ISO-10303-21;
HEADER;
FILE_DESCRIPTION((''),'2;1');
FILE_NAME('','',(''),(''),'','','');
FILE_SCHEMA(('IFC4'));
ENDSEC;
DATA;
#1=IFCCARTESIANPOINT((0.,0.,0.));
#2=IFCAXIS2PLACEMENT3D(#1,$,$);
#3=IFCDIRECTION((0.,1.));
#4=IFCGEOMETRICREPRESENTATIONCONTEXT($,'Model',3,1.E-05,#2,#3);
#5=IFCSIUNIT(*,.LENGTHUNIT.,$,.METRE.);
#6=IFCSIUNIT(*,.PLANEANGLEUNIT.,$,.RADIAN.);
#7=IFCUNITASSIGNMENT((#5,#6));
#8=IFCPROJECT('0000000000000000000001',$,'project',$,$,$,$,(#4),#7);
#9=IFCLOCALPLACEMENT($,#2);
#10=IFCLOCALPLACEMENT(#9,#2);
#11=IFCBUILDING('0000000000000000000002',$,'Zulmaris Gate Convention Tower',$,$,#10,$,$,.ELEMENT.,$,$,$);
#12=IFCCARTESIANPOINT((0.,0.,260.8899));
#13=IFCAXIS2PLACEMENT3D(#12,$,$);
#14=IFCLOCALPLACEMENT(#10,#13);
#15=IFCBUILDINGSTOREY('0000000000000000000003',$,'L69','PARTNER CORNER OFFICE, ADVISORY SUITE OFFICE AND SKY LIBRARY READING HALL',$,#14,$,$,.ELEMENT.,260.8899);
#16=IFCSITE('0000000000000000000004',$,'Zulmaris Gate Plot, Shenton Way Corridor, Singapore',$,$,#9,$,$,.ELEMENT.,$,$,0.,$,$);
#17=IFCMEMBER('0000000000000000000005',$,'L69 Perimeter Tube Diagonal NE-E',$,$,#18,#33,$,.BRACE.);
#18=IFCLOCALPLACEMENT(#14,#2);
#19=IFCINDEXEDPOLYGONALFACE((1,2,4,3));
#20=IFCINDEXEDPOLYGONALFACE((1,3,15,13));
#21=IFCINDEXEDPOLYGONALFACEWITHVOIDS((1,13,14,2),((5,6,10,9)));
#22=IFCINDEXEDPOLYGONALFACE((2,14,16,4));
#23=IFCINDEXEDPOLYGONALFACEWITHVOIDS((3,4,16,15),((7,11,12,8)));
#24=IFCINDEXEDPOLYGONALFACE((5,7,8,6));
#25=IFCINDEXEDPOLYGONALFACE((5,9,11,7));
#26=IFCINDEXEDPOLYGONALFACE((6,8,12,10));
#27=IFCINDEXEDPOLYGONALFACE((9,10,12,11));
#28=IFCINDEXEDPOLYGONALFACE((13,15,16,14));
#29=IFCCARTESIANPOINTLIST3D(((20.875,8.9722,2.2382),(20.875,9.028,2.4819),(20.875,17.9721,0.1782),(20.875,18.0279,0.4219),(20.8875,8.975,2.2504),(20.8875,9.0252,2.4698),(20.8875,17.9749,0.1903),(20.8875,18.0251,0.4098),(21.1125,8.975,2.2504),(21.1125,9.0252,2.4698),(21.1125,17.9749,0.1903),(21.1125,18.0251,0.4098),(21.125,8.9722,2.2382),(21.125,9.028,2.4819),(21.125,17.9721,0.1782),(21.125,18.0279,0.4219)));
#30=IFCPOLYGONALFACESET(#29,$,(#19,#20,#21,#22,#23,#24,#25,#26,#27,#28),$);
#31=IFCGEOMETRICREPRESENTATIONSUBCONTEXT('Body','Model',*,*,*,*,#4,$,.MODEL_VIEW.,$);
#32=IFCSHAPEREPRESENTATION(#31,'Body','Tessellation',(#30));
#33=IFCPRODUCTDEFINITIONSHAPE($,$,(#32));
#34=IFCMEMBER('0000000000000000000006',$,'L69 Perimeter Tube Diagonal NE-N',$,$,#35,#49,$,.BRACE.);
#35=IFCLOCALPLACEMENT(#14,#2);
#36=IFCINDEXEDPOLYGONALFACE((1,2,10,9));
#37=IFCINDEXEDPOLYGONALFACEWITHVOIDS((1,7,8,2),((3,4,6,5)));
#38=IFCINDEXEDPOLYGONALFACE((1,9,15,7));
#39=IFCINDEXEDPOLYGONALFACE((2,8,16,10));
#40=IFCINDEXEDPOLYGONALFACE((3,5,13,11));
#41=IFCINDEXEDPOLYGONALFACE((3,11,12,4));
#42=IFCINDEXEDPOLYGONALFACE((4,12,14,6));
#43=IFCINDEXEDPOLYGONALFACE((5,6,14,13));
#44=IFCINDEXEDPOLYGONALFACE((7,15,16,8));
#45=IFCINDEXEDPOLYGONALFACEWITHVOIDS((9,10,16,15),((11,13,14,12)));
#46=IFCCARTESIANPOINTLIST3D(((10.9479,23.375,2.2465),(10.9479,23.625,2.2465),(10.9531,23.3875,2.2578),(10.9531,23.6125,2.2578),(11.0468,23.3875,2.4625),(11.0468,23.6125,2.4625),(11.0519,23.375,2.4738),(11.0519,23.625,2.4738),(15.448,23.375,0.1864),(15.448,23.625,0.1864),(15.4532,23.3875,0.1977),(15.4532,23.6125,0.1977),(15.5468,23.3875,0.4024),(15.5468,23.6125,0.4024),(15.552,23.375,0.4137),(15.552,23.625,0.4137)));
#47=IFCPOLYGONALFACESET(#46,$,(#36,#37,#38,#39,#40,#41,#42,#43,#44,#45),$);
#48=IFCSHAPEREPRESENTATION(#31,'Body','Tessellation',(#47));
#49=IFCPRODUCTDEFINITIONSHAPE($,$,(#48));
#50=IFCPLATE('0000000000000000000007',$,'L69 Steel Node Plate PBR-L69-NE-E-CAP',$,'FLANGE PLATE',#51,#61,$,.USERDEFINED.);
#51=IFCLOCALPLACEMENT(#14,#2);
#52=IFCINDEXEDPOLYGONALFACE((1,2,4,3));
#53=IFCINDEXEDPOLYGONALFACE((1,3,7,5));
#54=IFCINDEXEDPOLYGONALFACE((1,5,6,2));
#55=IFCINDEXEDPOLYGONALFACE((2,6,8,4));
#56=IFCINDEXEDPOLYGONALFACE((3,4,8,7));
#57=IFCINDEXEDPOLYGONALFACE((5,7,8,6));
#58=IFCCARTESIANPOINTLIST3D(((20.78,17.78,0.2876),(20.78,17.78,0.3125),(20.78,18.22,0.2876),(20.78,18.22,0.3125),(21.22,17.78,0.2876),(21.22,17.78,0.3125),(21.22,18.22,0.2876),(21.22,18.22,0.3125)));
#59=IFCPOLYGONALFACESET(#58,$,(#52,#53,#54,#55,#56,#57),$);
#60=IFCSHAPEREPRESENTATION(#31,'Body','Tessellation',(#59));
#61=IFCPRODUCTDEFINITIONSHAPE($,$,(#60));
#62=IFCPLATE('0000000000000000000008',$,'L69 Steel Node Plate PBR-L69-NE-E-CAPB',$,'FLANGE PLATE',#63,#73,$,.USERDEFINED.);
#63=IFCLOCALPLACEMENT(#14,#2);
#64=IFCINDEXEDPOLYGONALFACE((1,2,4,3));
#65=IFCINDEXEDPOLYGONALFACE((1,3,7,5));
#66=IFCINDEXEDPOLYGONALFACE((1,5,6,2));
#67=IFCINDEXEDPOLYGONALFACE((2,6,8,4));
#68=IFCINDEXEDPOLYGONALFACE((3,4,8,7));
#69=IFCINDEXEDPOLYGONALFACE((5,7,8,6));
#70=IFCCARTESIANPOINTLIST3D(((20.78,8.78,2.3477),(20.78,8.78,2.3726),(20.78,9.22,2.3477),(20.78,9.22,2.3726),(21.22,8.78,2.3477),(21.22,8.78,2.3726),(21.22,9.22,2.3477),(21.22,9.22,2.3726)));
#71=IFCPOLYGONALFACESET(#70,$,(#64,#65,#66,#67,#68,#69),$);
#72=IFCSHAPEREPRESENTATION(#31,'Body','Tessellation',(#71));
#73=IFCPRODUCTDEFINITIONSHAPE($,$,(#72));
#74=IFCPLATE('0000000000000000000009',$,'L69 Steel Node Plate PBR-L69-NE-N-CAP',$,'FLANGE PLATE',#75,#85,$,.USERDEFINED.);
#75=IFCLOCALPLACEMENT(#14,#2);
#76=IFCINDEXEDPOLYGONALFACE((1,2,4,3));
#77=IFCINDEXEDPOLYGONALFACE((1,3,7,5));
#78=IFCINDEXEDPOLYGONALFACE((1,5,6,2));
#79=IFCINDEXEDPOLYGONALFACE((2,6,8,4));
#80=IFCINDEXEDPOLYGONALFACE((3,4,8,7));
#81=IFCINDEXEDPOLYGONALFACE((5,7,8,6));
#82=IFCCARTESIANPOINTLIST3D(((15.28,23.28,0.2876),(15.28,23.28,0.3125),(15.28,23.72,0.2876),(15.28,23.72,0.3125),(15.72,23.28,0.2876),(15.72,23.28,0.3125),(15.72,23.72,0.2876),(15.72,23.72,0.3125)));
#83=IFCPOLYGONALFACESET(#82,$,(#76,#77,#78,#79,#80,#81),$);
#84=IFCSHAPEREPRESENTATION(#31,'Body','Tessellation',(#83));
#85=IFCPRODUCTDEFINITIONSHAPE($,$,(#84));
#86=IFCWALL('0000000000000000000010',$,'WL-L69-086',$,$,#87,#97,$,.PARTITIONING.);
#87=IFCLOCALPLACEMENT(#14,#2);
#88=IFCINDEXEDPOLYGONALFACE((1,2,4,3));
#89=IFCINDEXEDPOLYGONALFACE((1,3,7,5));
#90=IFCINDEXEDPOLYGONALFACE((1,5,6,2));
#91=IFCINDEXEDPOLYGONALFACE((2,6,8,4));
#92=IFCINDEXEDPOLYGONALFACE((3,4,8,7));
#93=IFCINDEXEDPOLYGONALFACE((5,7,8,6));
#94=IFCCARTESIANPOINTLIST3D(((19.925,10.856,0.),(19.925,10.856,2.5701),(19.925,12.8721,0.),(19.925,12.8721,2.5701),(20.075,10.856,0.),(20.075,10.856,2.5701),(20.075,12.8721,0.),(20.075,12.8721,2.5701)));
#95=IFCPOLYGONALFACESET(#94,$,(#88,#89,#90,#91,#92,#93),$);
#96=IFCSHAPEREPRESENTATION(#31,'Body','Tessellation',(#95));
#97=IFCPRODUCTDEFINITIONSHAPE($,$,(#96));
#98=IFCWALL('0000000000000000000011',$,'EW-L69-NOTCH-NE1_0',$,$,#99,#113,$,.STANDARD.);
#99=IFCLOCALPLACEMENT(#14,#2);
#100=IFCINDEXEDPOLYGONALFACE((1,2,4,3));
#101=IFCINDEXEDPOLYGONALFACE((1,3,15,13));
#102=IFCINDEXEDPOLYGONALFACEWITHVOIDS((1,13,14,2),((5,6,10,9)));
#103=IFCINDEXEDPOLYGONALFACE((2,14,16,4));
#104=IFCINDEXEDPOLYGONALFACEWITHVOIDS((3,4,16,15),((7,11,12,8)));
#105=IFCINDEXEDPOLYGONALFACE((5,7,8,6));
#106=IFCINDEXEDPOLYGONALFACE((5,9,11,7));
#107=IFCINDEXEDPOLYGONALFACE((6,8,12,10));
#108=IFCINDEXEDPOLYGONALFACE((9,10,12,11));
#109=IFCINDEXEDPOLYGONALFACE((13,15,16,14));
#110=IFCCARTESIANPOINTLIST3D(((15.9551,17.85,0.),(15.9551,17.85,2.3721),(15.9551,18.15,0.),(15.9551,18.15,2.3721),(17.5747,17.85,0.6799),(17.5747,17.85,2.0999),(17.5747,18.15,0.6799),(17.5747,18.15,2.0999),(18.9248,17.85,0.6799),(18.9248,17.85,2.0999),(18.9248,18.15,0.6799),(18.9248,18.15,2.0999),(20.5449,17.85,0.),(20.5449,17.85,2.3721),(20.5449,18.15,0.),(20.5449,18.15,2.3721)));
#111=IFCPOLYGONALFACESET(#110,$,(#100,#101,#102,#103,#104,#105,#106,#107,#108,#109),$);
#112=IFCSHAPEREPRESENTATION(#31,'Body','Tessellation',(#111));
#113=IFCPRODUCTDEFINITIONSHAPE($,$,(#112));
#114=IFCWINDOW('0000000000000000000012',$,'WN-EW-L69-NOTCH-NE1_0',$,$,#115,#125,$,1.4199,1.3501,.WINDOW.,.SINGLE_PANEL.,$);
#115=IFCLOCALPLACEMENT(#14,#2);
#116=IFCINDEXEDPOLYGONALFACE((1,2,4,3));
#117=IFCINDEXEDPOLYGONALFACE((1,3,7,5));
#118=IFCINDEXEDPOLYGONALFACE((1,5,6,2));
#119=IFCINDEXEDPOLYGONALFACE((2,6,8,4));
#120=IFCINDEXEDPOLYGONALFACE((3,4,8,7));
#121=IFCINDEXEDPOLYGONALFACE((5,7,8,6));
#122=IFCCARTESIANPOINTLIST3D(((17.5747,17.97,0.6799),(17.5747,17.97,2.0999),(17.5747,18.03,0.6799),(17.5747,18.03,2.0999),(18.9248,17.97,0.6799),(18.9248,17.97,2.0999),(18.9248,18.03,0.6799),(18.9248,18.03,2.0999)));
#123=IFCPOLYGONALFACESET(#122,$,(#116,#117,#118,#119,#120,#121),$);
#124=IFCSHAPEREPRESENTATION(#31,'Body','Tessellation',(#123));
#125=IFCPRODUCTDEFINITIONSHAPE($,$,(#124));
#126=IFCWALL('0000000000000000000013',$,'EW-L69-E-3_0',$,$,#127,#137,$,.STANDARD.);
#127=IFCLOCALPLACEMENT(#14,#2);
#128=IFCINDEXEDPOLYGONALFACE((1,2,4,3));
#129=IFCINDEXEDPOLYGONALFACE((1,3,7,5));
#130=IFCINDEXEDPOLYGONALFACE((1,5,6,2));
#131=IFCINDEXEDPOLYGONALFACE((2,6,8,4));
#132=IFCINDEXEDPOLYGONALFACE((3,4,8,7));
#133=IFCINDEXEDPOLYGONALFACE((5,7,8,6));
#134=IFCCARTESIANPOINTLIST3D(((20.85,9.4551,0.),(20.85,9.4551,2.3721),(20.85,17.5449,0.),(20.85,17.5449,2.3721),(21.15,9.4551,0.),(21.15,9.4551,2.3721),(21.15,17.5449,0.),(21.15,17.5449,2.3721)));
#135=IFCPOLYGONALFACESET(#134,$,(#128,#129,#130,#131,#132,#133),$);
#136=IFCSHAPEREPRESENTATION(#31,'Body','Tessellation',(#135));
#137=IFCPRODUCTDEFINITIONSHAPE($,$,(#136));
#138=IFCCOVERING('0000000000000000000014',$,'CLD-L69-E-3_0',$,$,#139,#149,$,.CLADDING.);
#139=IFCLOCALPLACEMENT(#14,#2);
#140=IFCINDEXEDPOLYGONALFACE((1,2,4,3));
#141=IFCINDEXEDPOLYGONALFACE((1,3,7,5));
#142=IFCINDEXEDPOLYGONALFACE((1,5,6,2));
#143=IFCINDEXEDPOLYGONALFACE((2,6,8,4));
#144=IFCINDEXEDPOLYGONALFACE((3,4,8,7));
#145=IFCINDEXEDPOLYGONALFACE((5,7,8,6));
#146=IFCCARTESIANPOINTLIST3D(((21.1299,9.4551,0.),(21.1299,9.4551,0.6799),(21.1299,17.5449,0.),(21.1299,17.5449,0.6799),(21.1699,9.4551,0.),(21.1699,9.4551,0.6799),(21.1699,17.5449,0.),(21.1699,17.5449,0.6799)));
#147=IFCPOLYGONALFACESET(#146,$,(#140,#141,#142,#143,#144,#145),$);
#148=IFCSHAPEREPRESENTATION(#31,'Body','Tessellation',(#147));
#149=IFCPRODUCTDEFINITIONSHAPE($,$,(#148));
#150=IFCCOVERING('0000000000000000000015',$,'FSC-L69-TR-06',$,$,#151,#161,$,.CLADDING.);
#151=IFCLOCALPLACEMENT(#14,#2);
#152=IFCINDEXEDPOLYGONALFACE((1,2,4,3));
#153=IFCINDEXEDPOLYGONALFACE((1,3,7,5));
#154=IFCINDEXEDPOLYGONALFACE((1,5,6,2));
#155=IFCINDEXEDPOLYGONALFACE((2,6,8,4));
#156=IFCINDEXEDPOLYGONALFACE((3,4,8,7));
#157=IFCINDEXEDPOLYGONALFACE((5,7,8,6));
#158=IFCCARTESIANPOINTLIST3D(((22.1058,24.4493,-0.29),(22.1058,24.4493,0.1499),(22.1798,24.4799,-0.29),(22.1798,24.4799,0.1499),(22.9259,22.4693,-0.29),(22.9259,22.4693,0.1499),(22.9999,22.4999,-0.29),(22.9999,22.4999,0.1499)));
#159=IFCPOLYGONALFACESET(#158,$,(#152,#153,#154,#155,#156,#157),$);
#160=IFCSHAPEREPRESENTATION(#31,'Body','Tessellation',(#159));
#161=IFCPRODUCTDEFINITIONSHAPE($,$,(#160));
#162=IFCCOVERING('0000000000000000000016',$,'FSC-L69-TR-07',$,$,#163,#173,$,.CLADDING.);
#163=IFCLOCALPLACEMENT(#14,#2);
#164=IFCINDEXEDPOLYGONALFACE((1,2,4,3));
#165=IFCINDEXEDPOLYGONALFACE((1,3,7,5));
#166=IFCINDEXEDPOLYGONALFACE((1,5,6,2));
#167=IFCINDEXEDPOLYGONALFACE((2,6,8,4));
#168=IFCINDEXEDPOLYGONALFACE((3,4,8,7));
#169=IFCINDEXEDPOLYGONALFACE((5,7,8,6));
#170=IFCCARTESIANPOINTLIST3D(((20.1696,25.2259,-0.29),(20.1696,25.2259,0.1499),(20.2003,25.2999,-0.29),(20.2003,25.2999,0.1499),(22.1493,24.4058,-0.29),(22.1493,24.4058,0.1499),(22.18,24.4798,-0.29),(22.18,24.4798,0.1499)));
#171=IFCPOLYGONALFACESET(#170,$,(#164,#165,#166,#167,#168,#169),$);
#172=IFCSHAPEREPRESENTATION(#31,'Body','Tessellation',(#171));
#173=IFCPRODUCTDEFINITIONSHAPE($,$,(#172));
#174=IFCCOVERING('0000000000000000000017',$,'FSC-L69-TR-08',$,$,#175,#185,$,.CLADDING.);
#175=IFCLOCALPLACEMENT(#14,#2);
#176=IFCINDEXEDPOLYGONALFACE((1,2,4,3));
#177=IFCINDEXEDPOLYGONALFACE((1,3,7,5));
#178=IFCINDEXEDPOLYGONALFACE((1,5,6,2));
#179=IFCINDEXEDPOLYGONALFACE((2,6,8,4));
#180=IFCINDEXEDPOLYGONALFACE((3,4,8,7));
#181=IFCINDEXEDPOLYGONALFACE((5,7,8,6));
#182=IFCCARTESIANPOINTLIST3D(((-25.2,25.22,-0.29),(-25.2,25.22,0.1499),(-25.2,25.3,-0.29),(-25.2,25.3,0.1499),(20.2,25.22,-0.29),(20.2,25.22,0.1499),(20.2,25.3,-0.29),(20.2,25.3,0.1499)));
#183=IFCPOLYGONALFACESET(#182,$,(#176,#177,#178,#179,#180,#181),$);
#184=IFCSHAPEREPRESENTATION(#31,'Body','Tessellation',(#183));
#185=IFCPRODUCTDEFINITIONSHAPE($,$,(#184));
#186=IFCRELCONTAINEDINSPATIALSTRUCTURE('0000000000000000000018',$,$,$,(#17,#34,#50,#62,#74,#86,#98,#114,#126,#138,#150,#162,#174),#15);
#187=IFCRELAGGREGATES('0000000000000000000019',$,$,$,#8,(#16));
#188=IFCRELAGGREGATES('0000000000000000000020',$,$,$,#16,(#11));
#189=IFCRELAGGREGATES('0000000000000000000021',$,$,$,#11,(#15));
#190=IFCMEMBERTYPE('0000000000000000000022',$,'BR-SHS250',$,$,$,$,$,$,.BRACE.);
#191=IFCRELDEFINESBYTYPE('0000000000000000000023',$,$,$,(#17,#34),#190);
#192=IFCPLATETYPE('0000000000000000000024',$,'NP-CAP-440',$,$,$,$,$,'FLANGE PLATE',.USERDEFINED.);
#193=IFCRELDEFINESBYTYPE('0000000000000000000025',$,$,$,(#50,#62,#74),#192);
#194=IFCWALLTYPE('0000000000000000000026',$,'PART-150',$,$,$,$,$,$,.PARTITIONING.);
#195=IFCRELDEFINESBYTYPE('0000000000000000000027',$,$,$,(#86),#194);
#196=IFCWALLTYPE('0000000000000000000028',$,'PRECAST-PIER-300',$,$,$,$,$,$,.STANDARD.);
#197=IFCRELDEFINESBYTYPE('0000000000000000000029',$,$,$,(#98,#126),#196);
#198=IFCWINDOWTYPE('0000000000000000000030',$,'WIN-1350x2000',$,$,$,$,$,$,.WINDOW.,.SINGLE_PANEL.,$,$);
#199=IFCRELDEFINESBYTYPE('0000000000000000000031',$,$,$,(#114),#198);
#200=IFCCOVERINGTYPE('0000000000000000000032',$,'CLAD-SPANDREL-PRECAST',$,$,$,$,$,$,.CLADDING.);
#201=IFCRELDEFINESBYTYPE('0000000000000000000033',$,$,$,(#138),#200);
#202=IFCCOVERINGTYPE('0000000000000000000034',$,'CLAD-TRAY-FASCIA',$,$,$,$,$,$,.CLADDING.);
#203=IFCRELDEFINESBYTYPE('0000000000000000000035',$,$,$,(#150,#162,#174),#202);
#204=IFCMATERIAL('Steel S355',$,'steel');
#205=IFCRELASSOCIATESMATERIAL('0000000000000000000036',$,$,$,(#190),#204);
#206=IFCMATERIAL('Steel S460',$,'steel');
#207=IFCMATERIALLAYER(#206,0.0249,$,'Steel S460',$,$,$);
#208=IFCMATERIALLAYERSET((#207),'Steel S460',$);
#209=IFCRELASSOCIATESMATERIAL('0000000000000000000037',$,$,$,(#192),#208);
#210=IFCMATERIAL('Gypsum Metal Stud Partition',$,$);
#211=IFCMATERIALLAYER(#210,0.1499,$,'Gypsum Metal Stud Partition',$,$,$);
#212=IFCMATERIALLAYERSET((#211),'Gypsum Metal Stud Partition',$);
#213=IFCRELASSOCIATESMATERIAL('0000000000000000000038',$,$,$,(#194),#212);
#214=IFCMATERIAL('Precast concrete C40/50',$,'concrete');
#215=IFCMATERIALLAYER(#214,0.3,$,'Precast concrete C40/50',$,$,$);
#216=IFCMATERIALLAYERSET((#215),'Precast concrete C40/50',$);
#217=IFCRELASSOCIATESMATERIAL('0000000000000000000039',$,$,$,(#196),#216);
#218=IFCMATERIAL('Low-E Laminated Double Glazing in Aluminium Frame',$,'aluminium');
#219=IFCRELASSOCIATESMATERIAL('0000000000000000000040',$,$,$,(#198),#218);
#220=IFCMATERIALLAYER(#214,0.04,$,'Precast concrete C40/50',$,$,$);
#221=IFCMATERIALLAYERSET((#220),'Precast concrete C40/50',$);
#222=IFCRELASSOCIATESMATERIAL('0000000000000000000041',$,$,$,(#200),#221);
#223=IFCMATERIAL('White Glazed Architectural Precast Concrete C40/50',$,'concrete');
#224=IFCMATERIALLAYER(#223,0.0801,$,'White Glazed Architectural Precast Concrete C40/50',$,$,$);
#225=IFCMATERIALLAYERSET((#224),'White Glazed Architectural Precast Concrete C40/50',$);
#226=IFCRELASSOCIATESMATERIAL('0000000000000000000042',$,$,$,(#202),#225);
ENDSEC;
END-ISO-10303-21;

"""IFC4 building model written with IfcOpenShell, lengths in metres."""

from ifc_helpers import new_model, si_unit, direction, frame, frame_2d, origin, origin_2d, place, context, subcontext, project, spatial, rectangle, hollow_rectangle, extrude, material, layer, layer_set, material_profile, profile_set, type_object, element, fill, save


model = new_model("IFC4")

# Units and contexts
model_context = context("Model", 3, precision=1e-05, world=origin(), true_north=direction((0.0, 1.0)))
body_context = subcontext(model_context, "Body", "Model", "MODEL_VIEW")
ifc_project = project(units=[si_unit("LENGTHUNIT", "METRE"), si_unit("PLANEANGLEUNIT", "RADIAN")], contexts=[model_context])

# Site, building, storey
site_placement = place(None, origin())
site = spatial("IfcSite", under=ifc_project, at=site_placement, Name="Zulmaris Gate Plot, Shenton Way Corridor, Singapore", CompositionType="ELEMENT", RefElevation=0.0)
building_placement = place(site_placement, origin())
building = spatial("IfcBuilding", under=site, at=building_placement, Name="Zulmaris Gate Convention Tower", CompositionType="ELEMENT")
storey_placement = place(building_placement, frame((0.0, 0.0, 260.8899)))
storey = spatial("IfcBuildingStorey", under=building, at=storey_placement, Name="L69", Description="PARTNER CORNER OFFICE, ADVISORY SUITE OFFICE AND SKY LIBRARY READING HALL", CompositionType="ELEMENT", Elevation=260.8899)

# Shared definitions
ifc_material_1 = material(Name="Steel S355", Category="steel")

# Members
ifc_material_profile_1 = material_profile(ifc_material_1, hollow_rectangle(XDim=0.25, YDim=0.25, WallThickness=0.0125, at=origin_2d()), Name="SHS 250x250x12.5")
ifc_profile_set_1 = profile_set([ifc_material_profile_1], Name="Steel S355")
member_type = type_object("IfcMemberType", Name="BR-SHS250", PredefinedType="BRACE", material=ifc_profile_set_1)
member_1_placement = place(storey_placement, frame((21.0, 18.0, 0.3), z_axis=(0.0, -0.97479, 0.223125), x_axis=(1.0, 0.0, 0.0)))
element("IfcMember", 1, at=member_1_placement, inside=storey, type_object=member_type, Name="L69 Perimeter Tube Diagonal NE-E", PredefinedType="BRACE", context=body_context, shape_type="SweptSolid", body=[
    extrude(hollow_rectangle(XDim=0.25, YDim=0.25, WallThickness=0.0125, at=origin_2d()), origin(), (0.0, 0.0, 1.0), 9.2327),
])
member_2_placement = place(storey_placement, frame((15.5, 23.5, 0.3), z_axis=(-0.909252, 0.0, 0.416247), x_axis=(0.0, -1.0, 0.0)))
element("IfcMember", 2, at=member_2_placement, inside=storey, type_object=member_type, Name="L69 Perimeter Tube Diagonal NE-N", PredefinedType="BRACE", context=body_context, shape_type="SweptSolid", body=[
    extrude(hollow_rectangle(XDim=0.25, YDim=0.25, WallThickness=0.0125, at=origin_2d()), origin(), (0.0, 0.0, 1.0), 4.9492),
])

# Plates
ifc_material_2 = material(Name="Steel S460", Category="steel")
ifc_layer_1 = layer(ifc_material_2, 0.0249, Name="Steel S460")
ifc_layer_set_1 = layer_set([ifc_layer_1], Name="Steel S460")
plate_type = type_object("IfcPlateType", Name="NP-CAP-440", ElementType="FLANGE PLATE", PredefinedType="USERDEFINED", material=ifc_layer_set_1)
for number, where, z_axis, x_axis, name in (
    (3, (21.0, 18.0, 0.2876), (0.0, 0.0, 1.0), (1.0, 0.0, 0.0), "L69 Steel Node Plate PBR-L69-NE-E-CAP"),
    (4, (21.0, 9.0, 2.3477), (0.0, 0.0, 1.0), (1.0, 0.0, 0.0), "L69 Steel Node Plate PBR-L69-NE-E-CAPB"),
    (5, (15.5, 23.5, 0.2876), (0.0, 0.0, 1.0), (1.0, 0.0, 0.0), "L69 Steel Node Plate PBR-L69-NE-N-CAP"),
):
    element("IfcPlate", number, at=place(storey_placement, frame(where, z_axis=z_axis, x_axis=x_axis)), inside=storey, type_object=plate_type, Name=name, ObjectType="FLANGE PLATE", PredefinedType="USERDEFINED", context=body_context, shape_type="SweptSolid", body=[
        extrude(rectangle(XDim=0.4399, YDim=0.4399, at=origin_2d()), origin(), (0.0, 0.0, 1.0), 0.0249),
    ])

# Wall
ifc_material_3 = material(Name="Gypsum Metal Stud Partition")
ifc_layer_2 = layer(ifc_material_3, 0.1499, Name="Gypsum Metal Stud Partition")
ifc_layer_set_2 = layer_set([ifc_layer_2], Name="Gypsum Metal Stud Partition")
wall_type_1 = type_object("IfcWallType", Name="PART-150", PredefinedType="PARTITIONING", material=ifc_layer_set_2)
wall_1_placement = place(storey_placement, frame((20.0, 10.856, 0.0), z_axis=(0.0, 0.0, 1.0), x_axis=(0.0, 1.0, 0.0)))
element("IfcWall", 6, at=wall_1_placement, inside=storey, type_object=wall_type_1, Name="WL-L69-086", PredefinedType="PARTITIONING", context=body_context, shape_type="SweptSolid", body=[
    extrude(rectangle(XDim=2.0161, YDim=0.1499, at=frame_2d((1.0081, 0.0))), origin(), (0.0, 0.0, 1.0), 2.5701),
])

# Wall, opening, window
ifc_material_4 = material(Name="Precast concrete C40/50", Category="concrete")
ifc_layer_3 = layer(ifc_material_4, 0.3, Name="Precast concrete C40/50")
ifc_layer_set_3 = layer_set([ifc_layer_3], Name="Precast concrete C40/50")
wall_type_2 = type_object("IfcWallType", Name="PRECAST-PIER-300", PredefinedType="STANDARD", material=ifc_layer_set_3)
wall_2_placement = place(storey_placement, frame((20.5449, 18.0, 0.0), z_axis=(0.0, 0.0, 1.0), x_axis=(-1.0, 0.0, 0.0)))
wall_2 = element("IfcWall", 7, at=wall_2_placement, inside=storey, type_object=wall_type_2, Name="EW-L69-NOTCH-NE1_0", PredefinedType="STANDARD", context=body_context, shape_type="SweptSolid", body=[
    extrude(rectangle(XDim=4.5898, YDim=0.3, at=frame_2d((2.2949, 0.0))), origin(), (0.0, 0.0, 1.0), 2.3721),
])
opening_placement = place(wall_2_placement, frame((1.6201, 0.0, 0.6799)))
opening = element("IfcOpeningElement", 8, at=opening_placement, cuts=wall_2, PredefinedType="OPENING", context=body_context, shape_type="SweptSolid", body=[
    extrude(rectangle(XDim=1.3501, YDim=1.4199, at=frame_2d((0.675, 0.71))), frame((0.0, 0.1602, 0.0), z_axis=(0.0, -1.0, 0.0), x_axis=(1.0, 0.0, 0.0)), (0.0, 0.0, 1.0), 0.3201),
])
ifc_material_5 = material(Name="Low-E Laminated Double Glazing in Aluminium Frame", Category="aluminium")
window_type = type_object("IfcWindowType", Name="WIN-1350x2000", PartitioningType="SINGLE_PANEL", PredefinedType="WINDOW", material=ifc_material_5)
window_placement = place(opening_placement, origin())
window = element("IfcWindow", 9, at=window_placement, inside=storey, type_object=window_type, Name="WN-EW-L69-NOTCH-NE1_0", OverallHeight=1.4199, OverallWidth=1.3501, PartitioningType="SINGLE_PANEL", PredefinedType="WINDOW", context=body_context, shape_type="SweptSolid", body=[
    extrude(rectangle(XDim=1.3501, YDim=1.4199, at=frame_2d((0.675, 0.71))), frame((0.0, 0.03, 0.0), z_axis=(0.0, -1.0, 0.0), x_axis=(1.0, 0.0, 0.0)), (0.0, 0.0, 1.0), 0.0601),
])
fill(opening, window)

# Wall
wall_3_placement = place(storey_placement, frame((21.0, 9.4551, 0.0), z_axis=(0.0, 0.0, 1.0), x_axis=(0.0, 1.0, 0.0)))
element("IfcWall", 10, at=wall_3_placement, inside=storey, type_object=wall_type_2, Name="EW-L69-E-3_0", PredefinedType="STANDARD", context=body_context, shape_type="SweptSolid", body=[
    extrude(rectangle(XDim=8.0898, YDim=0.3, at=frame_2d((4.0449, 0.0))), origin(), (0.0, 0.0, 1.0), 2.3721),
])

# Coverings
ifc_layer_4 = layer(ifc_material_4, 0.04, Name="Precast concrete C40/50")
ifc_layer_set_4 = layer_set([ifc_layer_4], Name="Precast concrete C40/50")
covering_type_1 = type_object("IfcCoveringType", Name="CLAD-SPANDREL-PRECAST", PredefinedType="CLADDING", material=ifc_layer_set_4)
covering_1_placement = place(storey_placement, frame((21.1499, 9.4551, 0.0), z_axis=(0.0, 0.0, 1.0), x_axis=(0.0, 1.0, 0.0)))
element("IfcCovering", 11, at=covering_1_placement, inside=storey, type_object=covering_type_1, Name="CLD-L69-E-3_0", PredefinedType="CLADDING", context=body_context, shape_type="SweptSolid", body=[
    extrude(rectangle(XDim=8.0898, YDim=0.04, at=frame_2d((4.0449, 0.0))), origin(), (0.0, 0.0, 1.0), 0.6799),
])
ifc_material_6 = material(Name="White Glazed Architectural Precast Concrete C40/50", Category="concrete")
ifc_layer_5 = layer(ifc_material_6, 0.0801, Name="White Glazed Architectural Precast Concrete C40/50")
ifc_layer_set_5 = layer_set([ifc_layer_5], Name="White Glazed Architectural Precast Concrete C40/50")
covering_type_2 = type_object("IfcCoveringType", Name="CLAD-TRAY-FASCIA", PredefinedType="CLADDING", material=ifc_layer_set_5)
covering_2_placement = place(storey_placement, frame((22.9629, 22.4846, -0.29), z_axis=(0.0, 0.0, 1.0), x_axis=(-0.382657, 0.92389, 0.0)))
element("IfcCovering", 12, at=covering_2_placement, inside=storey, type_object=covering_type_2, Name="FSC-L69-TR-06", PredefinedType="CLADDING", context=body_context, shape_type="SweptSolid", body=[
    extrude(rectangle(XDim=2.1431, YDim=0.0801, at=frame_2d((1.0715, 0.0))), origin(), (0.0, 0.0, 1.0), 0.4399),
])
covering_3_placement = place(storey_placement, frame((22.1646, 24.4429, -0.29), z_axis=(0.0, 0.0, 1.0), x_axis=(-0.923874, 0.382697, 0.0)))
element("IfcCovering", 13, at=covering_3_placement, inside=storey, type_object=covering_type_2, Name="FSC-L69-TR-07", PredefinedType="CLADDING", context=body_context, shape_type="SweptSolid", body=[
    extrude(rectangle(XDim=2.1428, YDim=0.0801, at=frame_2d((1.0713, 0.0))), origin(), (0.0, 0.0, 1.0), 0.4399),
])
covering_4_placement = place(storey_placement, frame((20.2, 25.26, -0.29), z_axis=(0.0, 0.0, 1.0), x_axis=(-1.0, 0.0, 0.0)))
element("IfcCovering", 14, at=covering_4_placement, inside=storey, type_object=covering_type_2, Name="FSC-L69-TR-08", PredefinedType="CLADDING", context=body_context, shape_type="SweptSolid", body=[
    extrude(rectangle(XDim=45.3999, YDim=0.0801, at=frame_2d((22.7, 0.0))), origin(), (0.0, 0.0, 1.0), 0.4399),
])

save(model, "model.ifc")
